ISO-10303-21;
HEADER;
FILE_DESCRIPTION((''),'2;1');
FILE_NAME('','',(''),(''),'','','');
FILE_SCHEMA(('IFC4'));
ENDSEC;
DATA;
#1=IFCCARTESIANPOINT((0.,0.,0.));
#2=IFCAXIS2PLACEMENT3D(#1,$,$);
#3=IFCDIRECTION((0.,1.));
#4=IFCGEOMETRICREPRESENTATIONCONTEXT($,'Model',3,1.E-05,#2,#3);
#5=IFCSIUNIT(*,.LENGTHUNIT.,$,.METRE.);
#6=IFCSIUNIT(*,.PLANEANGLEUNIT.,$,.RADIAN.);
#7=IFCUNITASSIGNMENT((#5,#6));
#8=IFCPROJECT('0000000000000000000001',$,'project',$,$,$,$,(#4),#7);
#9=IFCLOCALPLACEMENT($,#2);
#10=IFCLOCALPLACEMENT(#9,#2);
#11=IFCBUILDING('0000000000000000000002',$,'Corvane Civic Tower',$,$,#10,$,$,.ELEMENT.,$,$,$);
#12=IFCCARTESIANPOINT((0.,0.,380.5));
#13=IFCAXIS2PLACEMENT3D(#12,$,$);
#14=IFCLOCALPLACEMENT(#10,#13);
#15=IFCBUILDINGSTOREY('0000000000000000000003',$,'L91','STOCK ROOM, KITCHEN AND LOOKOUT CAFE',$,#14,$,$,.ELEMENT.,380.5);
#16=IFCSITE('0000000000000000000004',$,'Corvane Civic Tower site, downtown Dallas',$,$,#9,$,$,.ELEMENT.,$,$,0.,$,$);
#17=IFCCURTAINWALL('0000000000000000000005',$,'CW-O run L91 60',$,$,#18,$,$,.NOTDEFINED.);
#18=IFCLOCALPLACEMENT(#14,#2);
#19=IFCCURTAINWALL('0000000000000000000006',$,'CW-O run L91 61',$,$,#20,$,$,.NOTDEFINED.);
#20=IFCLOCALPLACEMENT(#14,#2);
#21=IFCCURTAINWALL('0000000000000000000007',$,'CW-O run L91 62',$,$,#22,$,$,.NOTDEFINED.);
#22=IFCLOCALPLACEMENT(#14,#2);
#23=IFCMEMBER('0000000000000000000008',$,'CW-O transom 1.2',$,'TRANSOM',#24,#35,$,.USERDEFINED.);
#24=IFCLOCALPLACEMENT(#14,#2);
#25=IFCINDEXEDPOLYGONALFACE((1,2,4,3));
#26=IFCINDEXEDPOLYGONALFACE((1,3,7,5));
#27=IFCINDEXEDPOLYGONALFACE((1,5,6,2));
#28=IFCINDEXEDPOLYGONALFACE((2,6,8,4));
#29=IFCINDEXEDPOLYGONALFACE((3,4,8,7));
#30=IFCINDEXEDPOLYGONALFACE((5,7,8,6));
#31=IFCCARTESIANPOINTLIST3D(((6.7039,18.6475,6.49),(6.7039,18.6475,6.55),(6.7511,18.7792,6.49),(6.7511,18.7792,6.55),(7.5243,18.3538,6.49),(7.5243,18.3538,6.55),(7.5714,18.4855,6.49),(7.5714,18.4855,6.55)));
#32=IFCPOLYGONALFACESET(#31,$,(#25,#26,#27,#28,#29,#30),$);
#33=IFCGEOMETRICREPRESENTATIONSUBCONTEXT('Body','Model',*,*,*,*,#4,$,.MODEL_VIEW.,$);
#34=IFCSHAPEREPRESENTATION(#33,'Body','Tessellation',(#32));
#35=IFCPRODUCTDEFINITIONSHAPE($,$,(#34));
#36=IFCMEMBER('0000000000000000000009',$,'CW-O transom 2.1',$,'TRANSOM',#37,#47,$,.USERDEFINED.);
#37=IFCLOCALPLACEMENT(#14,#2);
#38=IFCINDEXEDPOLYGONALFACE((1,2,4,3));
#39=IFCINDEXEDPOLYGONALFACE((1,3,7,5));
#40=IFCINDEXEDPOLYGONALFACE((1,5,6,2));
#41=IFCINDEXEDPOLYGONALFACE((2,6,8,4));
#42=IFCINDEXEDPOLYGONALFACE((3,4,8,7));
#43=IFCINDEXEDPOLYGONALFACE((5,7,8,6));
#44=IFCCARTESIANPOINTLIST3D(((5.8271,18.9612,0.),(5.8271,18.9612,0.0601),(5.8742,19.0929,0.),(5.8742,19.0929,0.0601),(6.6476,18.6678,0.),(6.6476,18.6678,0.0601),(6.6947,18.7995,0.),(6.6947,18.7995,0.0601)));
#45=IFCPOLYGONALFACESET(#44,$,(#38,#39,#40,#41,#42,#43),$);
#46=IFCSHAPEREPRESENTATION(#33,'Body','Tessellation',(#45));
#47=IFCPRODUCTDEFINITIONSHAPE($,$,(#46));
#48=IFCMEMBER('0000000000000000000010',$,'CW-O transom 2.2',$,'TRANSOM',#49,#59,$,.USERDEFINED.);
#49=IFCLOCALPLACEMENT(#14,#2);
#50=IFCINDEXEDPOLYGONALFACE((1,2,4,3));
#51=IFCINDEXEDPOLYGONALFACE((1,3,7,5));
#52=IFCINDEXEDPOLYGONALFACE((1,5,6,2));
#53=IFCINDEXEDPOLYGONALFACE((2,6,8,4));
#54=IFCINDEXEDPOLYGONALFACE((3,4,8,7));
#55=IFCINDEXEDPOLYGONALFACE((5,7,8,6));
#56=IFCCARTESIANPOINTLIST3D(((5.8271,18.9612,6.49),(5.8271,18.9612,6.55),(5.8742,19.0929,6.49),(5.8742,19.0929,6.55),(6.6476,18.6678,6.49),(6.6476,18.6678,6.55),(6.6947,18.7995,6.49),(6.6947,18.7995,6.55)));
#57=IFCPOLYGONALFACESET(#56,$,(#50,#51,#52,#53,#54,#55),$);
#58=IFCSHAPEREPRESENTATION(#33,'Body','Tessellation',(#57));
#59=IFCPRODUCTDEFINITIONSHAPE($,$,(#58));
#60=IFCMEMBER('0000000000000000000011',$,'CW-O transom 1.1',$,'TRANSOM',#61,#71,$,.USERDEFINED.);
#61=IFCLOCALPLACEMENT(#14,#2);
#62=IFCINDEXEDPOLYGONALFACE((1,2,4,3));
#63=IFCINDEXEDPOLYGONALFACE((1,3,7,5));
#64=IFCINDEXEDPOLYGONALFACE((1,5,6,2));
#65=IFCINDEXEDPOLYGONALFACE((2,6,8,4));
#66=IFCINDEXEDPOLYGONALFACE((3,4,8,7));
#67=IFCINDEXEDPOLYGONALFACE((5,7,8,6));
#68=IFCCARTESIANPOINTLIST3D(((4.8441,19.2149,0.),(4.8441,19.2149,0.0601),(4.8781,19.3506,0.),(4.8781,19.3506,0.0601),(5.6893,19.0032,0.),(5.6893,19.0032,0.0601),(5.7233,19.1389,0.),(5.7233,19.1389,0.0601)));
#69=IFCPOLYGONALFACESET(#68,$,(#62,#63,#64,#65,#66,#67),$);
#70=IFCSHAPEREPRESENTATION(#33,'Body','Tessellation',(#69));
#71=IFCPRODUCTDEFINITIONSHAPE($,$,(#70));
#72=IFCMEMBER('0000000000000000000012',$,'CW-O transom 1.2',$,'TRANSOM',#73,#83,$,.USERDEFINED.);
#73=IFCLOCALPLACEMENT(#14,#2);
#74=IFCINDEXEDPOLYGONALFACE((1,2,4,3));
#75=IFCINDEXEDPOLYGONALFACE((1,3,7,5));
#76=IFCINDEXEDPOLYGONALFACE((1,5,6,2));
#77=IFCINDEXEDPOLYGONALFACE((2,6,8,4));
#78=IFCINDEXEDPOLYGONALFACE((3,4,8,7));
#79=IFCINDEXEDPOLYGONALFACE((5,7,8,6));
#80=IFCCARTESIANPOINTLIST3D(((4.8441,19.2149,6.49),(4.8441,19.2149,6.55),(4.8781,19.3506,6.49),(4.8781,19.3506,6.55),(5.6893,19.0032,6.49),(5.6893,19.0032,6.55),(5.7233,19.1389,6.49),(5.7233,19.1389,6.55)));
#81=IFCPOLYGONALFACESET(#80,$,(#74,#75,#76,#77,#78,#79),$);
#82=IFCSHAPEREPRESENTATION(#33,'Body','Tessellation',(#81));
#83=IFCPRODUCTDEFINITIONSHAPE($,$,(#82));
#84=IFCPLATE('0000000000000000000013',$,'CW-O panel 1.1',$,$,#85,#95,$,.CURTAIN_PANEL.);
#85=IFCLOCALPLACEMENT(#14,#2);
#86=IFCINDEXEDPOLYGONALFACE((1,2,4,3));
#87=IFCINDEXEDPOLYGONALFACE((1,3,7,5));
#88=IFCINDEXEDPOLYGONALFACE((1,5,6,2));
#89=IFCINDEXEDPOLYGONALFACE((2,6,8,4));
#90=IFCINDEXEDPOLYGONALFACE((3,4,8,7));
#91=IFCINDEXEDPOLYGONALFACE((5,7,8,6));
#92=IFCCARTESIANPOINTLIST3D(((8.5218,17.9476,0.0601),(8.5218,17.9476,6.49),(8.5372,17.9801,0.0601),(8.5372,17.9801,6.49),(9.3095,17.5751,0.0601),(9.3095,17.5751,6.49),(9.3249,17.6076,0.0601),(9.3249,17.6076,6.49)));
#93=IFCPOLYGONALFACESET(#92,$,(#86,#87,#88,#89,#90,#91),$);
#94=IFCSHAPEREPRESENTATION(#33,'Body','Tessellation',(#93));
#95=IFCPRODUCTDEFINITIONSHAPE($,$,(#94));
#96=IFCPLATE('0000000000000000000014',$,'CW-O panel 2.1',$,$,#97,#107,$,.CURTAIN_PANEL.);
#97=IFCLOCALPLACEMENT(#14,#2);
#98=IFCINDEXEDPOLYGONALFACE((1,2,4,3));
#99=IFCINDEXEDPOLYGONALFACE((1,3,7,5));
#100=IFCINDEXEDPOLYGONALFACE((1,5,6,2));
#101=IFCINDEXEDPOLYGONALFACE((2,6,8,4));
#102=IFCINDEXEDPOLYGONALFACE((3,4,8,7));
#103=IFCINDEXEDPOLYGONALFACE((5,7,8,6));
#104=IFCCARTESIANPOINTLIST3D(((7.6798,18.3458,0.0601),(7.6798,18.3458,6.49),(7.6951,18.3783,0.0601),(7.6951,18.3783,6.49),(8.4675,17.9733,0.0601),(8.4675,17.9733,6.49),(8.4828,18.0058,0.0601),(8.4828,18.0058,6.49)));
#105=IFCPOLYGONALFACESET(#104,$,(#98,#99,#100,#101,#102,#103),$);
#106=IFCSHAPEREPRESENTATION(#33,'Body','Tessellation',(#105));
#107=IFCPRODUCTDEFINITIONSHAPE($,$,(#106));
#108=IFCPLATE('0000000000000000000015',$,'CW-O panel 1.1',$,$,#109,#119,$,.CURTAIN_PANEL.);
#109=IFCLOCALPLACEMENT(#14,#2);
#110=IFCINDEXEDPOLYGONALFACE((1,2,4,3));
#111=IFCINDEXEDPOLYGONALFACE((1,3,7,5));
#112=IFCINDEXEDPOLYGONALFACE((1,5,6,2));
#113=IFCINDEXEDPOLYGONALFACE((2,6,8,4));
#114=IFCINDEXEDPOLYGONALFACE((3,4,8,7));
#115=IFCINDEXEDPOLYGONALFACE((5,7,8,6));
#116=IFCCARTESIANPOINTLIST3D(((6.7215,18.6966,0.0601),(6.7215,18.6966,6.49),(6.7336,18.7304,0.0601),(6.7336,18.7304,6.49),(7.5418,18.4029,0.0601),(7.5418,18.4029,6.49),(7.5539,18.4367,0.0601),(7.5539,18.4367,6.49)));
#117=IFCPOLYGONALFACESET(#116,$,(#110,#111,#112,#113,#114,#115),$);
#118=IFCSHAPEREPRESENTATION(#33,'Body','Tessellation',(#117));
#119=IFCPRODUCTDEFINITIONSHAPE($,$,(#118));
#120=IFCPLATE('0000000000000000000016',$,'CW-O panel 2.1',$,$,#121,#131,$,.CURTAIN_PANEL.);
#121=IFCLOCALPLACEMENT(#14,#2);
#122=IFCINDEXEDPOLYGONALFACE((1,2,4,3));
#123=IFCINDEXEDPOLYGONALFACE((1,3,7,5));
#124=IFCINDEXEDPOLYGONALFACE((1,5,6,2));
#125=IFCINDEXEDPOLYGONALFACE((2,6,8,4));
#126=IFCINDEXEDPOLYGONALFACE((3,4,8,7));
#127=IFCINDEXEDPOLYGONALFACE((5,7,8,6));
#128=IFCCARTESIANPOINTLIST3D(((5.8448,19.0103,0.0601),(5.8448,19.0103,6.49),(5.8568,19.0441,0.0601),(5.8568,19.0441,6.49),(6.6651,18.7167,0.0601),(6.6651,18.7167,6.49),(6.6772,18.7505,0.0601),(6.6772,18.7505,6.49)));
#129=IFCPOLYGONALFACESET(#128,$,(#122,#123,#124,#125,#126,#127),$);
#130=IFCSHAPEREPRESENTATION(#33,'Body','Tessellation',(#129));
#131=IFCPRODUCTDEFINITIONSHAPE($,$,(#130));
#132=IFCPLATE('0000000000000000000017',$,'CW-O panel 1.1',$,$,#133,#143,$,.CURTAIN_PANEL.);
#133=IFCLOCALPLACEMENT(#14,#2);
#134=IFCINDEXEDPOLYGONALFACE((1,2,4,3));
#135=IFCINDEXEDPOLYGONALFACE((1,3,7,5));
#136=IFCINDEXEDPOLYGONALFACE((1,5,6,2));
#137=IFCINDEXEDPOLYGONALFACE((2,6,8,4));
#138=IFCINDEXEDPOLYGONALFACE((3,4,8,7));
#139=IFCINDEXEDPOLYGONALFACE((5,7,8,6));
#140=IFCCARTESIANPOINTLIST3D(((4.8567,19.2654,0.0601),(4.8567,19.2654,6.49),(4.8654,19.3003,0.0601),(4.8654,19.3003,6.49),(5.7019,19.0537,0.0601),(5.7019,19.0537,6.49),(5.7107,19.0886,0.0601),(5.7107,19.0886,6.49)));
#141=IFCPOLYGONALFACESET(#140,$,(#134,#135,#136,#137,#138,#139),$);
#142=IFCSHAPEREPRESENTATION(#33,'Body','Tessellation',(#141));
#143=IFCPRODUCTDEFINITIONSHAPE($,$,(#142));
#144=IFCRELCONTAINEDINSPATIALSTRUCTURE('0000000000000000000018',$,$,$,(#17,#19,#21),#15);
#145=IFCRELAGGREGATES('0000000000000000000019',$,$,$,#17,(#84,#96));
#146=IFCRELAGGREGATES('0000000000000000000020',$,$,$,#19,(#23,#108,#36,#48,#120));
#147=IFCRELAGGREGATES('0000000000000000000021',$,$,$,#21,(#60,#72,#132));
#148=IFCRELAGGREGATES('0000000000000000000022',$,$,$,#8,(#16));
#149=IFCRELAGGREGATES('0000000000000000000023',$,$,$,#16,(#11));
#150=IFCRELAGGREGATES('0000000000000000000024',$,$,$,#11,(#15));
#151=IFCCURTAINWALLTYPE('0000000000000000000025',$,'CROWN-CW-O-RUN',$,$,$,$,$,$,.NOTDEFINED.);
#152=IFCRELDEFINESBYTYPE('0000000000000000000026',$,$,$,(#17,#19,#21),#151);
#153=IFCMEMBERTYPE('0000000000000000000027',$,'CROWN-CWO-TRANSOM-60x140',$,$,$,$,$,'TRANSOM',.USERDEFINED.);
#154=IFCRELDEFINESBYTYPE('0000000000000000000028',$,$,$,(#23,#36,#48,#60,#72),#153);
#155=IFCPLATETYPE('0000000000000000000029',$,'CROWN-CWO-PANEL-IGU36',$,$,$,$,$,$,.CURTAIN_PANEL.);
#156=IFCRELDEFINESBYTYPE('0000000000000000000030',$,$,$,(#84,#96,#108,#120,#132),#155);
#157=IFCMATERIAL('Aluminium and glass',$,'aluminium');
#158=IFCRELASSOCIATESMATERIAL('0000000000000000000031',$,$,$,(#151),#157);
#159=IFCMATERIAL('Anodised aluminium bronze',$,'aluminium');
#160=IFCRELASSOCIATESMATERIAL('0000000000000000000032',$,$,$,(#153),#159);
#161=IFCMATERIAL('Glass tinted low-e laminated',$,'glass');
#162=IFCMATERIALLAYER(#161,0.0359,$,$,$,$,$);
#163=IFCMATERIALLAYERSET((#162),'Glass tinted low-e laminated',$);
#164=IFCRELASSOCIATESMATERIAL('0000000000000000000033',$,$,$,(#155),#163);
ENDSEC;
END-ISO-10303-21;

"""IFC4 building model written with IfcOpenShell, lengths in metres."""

from ifc_helpers import new_model, si_unit, direction, frame, origin, origin_2d, place, context, subcontext, project, spatial, rectangle, extrude, material, layer, layer_set, material_profile, profile_set, type_object, element, aggregate, save


model = new_model("IFC4")

# Units and contexts
model_context = context("Model", 3, precision=1e-05, world=origin(), true_north=direction((0.0, 1.0)))
body_context = subcontext(model_context, "Body", "Model", "MODEL_VIEW")
ifc_project = project(units=[si_unit("LENGTHUNIT", "METRE"), si_unit("PLANEANGLEUNIT", "RADIAN")], contexts=[model_context])

# Site, building, storey
site_placement = place(None, origin())
site = spatial("IfcSite", under=ifc_project, at=site_placement, Name="Corvane Civic Tower site, downtown Dallas", CompositionType="ELEMENT", RefElevation=0.0)
building_placement = place(site_placement, origin())
building = spatial("IfcBuilding", under=site, at=building_placement, Name="Corvane Civic Tower", CompositionType="ELEMENT")
storey_placement = place(building_placement, frame((0.0, 0.0, 380.5)))
storey = spatial("IfcBuildingStorey", under=building, at=storey_placement, Name="L91", Description="STOCK ROOM, KITCHEN AND LOOKOUT CAFE", CompositionType="ELEMENT", Elevation=380.5)

# Curtain walls
ifc_material_1 = material(Name="Aluminium and glass", Category="aluminium")
curtain_wall_type = type_object("IfcCurtainWallType", Name="CROWN-CW-O-RUN", PredefinedType="NOTDEFINED", material=ifc_material_1)
curtain_wall_1_placement = place(storey_placement, origin())
curtain_wall_1 = element("IfcCurtainWall", 1, at=curtain_wall_1_placement, inside=storey, type_object=curtain_wall_type, Name="CW-O run L91 60", PredefinedType="NOTDEFINED")
curtain_wall_2_placement = place(storey_placement, origin())
curtain_wall_2 = element("IfcCurtainWall", 2, at=curtain_wall_2_placement, inside=storey, type_object=curtain_wall_type, Name="CW-O run L91 61", PredefinedType="NOTDEFINED")
curtain_wall_3_placement = place(storey_placement, origin())
curtain_wall_3 = element("IfcCurtainWall", 3, at=curtain_wall_3_placement, inside=storey, type_object=curtain_wall_type, Name="CW-O run L91 62", PredefinedType="NOTDEFINED")

# Members
ifc_material_2 = material(Name="Anodised aluminium bronze", Category="aluminium")
ifc_material_profile_1 = material_profile(ifc_material_2, rectangle(XDim=0.1399, YDim=0.0601, at=origin_2d()), Name="AL 140x60")
ifc_profile_set_1 = profile_set([ifc_material_profile_1], Name="Anodised aluminium bronze")
member_type_1 = type_object("IfcMemberType", Name="CROWN-CWO-TRANSOM-60x140", ElementType="TRANSOM", PredefinedType="USERDEFINED", material=ifc_profile_set_1)
member_1_placement = place(storey_placement, frame((7.5479, 18.4197, 6.52), z_axis=(-0.941475, 0.337082, 0.0), x_axis=(-0.337082, -0.941475, 0.0)))
member_1 = element("IfcMember", 4, at=member_1_placement, type_object=member_type_1, Name="CW-O transom 1.2", ObjectType="TRANSOM", PredefinedType="USERDEFINED", context=body_context, shape_type="SweptSolid", body=[
    extrude(rectangle(XDim=0.1399, YDim=0.0601, at=origin_2d()), origin(), (0.0, 0.0, 1.0), 0.8713),
])
member_2_placement = place(storey_placement, frame((6.6711, 18.7336, 0.03), z_axis=(-0.941596, 0.336745, 0.0), x_axis=(-0.336745, -0.941596, 0.0)))
member_2 = element("IfcMember", 5, at=member_2_placement, type_object=member_type_1, Name="CW-O transom 2.1", ObjectType="TRANSOM", PredefinedType="USERDEFINED", context=body_context, shape_type="SweptSolid", body=[
    extrude(rectangle(XDim=0.1399, YDim=0.0601, at=origin_2d()), origin(), (0.0, 0.0, 1.0), 0.8713),
])
member_3_placement = place(storey_placement, frame((6.6711, 18.7336, 6.52), z_axis=(-0.941596, 0.336745, 0.0), x_axis=(-0.336745, -0.941596, 0.0)))
member_3 = element("IfcMember", 6, at=member_3_placement, type_object=member_type_1, Name="CW-O transom 2.2", ObjectType="TRANSOM", PredefinedType="USERDEFINED", context=body_context, shape_type="SweptSolid", body=[
    extrude(rectangle(XDim=0.1399, YDim=0.0601, at=origin_2d()), origin(), (0.0, 0.0, 1.0), 0.8713),
])
member_4_placement = place(storey_placement, frame((5.7063, 19.071, 0.03), z_axis=(-0.970044, 0.242931, 0.0), x_axis=(-0.242931, -0.970044, 0.0)))
member_4 = element("IfcMember", 7, at=member_4_placement, type_object=member_type_1, Name="CW-O transom 1.1", ObjectType="TRANSOM", PredefinedType="USERDEFINED", context=body_context, shape_type="SweptSolid", body=[
    extrude(rectangle(XDim=0.1399, YDim=0.0601, at=origin_2d()), origin(), (0.0, 0.0, 1.0), 0.8713),
])
member_5_placement = place(storey_placement, frame((5.7063, 19.071, 6.52), z_axis=(-0.970044, 0.242931, 0.0), x_axis=(-0.242931, -0.970044, 0.0)))
member_5 = element("IfcMember", 8, at=member_5_placement, type_object=member_type_1, Name="CW-O transom 1.2", ObjectType="TRANSOM", PredefinedType="USERDEFINED", context=body_context, shape_type="SweptSolid", body=[
    extrude(rectangle(XDim=0.1399, YDim=0.0601, at=origin_2d()), origin(), (0.0, 0.0, 1.0), 0.8713),
])

# Plates
ifc_material_3 = material(Name="Glass tinted low-e laminated", Category="glass")
ifc_layer = layer(ifc_material_3, 0.0359)
ifc_layer_set = layer_set([ifc_layer], Name="Glass tinted low-e laminated")
plate_type = type_object("IfcPlateType", Name="CROWN-CWO-PANEL-IGU36", PredefinedType="CURTAIN_PANEL", material=ifc_layer_set)
plate_1_placement = place(storey_placement, frame((8.9233, 17.7776, 0.0601), z_axis=(0.0, 0.0, 1.0), x_axis=(-0.904011, 0.427509, 0.0)))
plate_1 = element("IfcPlate", 9, at=plate_1_placement, type_object=plate_type, Name="CW-O panel 1.1", PredefinedType="CURTAIN_PANEL", context=body_context, shape_type="SweptSolid", body=[
    extrude(rectangle(XDim=0.8713, YDim=0.0359, at=origin_2d()), origin(), (0.0, 0.0, 1.0), 6.4299),
])
plate_2_placement = place(storey_placement, frame((8.0813, 18.1758, 0.0601), z_axis=(0.0, 0.0, 1.0), x_axis=(-0.904011, 0.427509, 0.0)))
plate_2 = element("IfcPlate", 10, at=plate_2_placement, type_object=plate_type, Name="CW-O panel 2.1", PredefinedType="CURTAIN_PANEL", context=body_context, shape_type="SweptSolid", body=[
    extrude(rectangle(XDim=0.8713, YDim=0.0359, at=origin_2d()), origin(), (0.0, 0.0, 1.0), 6.4299),
])
aggregate(curtain_wall_1, [plate_1, plate_2])
plate_3_placement = place(storey_placement, frame((7.1377, 18.5667, 0.0601), z_axis=(0.0, 0.0, 1.0), x_axis=(-0.941511, 0.336982, 0.0)))
plate_3 = element("IfcPlate", 11, at=plate_3_placement, type_object=plate_type, Name="CW-O panel 1.1", PredefinedType="CURTAIN_PANEL", context=body_context, shape_type="SweptSolid", body=[
    extrude(rectangle(XDim=0.8713, YDim=0.0359, at=origin_2d()), origin(), (0.0, 0.0, 1.0), 6.4299),
])
plate_4_placement = place(storey_placement, frame((6.261, 18.8804, 0.0601), z_axis=(0.0, 0.0, 1.0), x_axis=(-0.941511, 0.336982, 0.0)))
plate_4 = element("IfcPlate", 12, at=plate_4_placement, type_object=plate_type, Name="CW-O panel 2.1", PredefinedType="CURTAIN_PANEL", context=body_context, shape_type="SweptSolid", body=[
    extrude(rectangle(XDim=0.8713, YDim=0.0359, at=origin_2d()), origin(), (0.0, 0.0, 1.0), 6.4299),
])
aggregate(curtain_wall_2, [member_1, plate_3, member_2, member_3, plate_4])
plate_5_placement = place(storey_placement, frame((5.2837, 19.177, 0.0601), z_axis=(0.0, 0.0, 1.0), x_axis=(-0.970038, 0.242952, 0.0)))
plate_5 = element("IfcPlate", 13, at=plate_5_placement, type_object=plate_type, Name="CW-O panel 1.1", PredefinedType="CURTAIN_PANEL", context=body_context, shape_type="SweptSolid", body=[
    extrude(rectangle(XDim=0.8713, YDim=0.0359, at=origin_2d()), origin(), (0.0, 0.0, 1.0), 6.4299),
])
aggregate(curtain_wall_3, [member_4, member_5, plate_5])

save(model, "model.ifc")
